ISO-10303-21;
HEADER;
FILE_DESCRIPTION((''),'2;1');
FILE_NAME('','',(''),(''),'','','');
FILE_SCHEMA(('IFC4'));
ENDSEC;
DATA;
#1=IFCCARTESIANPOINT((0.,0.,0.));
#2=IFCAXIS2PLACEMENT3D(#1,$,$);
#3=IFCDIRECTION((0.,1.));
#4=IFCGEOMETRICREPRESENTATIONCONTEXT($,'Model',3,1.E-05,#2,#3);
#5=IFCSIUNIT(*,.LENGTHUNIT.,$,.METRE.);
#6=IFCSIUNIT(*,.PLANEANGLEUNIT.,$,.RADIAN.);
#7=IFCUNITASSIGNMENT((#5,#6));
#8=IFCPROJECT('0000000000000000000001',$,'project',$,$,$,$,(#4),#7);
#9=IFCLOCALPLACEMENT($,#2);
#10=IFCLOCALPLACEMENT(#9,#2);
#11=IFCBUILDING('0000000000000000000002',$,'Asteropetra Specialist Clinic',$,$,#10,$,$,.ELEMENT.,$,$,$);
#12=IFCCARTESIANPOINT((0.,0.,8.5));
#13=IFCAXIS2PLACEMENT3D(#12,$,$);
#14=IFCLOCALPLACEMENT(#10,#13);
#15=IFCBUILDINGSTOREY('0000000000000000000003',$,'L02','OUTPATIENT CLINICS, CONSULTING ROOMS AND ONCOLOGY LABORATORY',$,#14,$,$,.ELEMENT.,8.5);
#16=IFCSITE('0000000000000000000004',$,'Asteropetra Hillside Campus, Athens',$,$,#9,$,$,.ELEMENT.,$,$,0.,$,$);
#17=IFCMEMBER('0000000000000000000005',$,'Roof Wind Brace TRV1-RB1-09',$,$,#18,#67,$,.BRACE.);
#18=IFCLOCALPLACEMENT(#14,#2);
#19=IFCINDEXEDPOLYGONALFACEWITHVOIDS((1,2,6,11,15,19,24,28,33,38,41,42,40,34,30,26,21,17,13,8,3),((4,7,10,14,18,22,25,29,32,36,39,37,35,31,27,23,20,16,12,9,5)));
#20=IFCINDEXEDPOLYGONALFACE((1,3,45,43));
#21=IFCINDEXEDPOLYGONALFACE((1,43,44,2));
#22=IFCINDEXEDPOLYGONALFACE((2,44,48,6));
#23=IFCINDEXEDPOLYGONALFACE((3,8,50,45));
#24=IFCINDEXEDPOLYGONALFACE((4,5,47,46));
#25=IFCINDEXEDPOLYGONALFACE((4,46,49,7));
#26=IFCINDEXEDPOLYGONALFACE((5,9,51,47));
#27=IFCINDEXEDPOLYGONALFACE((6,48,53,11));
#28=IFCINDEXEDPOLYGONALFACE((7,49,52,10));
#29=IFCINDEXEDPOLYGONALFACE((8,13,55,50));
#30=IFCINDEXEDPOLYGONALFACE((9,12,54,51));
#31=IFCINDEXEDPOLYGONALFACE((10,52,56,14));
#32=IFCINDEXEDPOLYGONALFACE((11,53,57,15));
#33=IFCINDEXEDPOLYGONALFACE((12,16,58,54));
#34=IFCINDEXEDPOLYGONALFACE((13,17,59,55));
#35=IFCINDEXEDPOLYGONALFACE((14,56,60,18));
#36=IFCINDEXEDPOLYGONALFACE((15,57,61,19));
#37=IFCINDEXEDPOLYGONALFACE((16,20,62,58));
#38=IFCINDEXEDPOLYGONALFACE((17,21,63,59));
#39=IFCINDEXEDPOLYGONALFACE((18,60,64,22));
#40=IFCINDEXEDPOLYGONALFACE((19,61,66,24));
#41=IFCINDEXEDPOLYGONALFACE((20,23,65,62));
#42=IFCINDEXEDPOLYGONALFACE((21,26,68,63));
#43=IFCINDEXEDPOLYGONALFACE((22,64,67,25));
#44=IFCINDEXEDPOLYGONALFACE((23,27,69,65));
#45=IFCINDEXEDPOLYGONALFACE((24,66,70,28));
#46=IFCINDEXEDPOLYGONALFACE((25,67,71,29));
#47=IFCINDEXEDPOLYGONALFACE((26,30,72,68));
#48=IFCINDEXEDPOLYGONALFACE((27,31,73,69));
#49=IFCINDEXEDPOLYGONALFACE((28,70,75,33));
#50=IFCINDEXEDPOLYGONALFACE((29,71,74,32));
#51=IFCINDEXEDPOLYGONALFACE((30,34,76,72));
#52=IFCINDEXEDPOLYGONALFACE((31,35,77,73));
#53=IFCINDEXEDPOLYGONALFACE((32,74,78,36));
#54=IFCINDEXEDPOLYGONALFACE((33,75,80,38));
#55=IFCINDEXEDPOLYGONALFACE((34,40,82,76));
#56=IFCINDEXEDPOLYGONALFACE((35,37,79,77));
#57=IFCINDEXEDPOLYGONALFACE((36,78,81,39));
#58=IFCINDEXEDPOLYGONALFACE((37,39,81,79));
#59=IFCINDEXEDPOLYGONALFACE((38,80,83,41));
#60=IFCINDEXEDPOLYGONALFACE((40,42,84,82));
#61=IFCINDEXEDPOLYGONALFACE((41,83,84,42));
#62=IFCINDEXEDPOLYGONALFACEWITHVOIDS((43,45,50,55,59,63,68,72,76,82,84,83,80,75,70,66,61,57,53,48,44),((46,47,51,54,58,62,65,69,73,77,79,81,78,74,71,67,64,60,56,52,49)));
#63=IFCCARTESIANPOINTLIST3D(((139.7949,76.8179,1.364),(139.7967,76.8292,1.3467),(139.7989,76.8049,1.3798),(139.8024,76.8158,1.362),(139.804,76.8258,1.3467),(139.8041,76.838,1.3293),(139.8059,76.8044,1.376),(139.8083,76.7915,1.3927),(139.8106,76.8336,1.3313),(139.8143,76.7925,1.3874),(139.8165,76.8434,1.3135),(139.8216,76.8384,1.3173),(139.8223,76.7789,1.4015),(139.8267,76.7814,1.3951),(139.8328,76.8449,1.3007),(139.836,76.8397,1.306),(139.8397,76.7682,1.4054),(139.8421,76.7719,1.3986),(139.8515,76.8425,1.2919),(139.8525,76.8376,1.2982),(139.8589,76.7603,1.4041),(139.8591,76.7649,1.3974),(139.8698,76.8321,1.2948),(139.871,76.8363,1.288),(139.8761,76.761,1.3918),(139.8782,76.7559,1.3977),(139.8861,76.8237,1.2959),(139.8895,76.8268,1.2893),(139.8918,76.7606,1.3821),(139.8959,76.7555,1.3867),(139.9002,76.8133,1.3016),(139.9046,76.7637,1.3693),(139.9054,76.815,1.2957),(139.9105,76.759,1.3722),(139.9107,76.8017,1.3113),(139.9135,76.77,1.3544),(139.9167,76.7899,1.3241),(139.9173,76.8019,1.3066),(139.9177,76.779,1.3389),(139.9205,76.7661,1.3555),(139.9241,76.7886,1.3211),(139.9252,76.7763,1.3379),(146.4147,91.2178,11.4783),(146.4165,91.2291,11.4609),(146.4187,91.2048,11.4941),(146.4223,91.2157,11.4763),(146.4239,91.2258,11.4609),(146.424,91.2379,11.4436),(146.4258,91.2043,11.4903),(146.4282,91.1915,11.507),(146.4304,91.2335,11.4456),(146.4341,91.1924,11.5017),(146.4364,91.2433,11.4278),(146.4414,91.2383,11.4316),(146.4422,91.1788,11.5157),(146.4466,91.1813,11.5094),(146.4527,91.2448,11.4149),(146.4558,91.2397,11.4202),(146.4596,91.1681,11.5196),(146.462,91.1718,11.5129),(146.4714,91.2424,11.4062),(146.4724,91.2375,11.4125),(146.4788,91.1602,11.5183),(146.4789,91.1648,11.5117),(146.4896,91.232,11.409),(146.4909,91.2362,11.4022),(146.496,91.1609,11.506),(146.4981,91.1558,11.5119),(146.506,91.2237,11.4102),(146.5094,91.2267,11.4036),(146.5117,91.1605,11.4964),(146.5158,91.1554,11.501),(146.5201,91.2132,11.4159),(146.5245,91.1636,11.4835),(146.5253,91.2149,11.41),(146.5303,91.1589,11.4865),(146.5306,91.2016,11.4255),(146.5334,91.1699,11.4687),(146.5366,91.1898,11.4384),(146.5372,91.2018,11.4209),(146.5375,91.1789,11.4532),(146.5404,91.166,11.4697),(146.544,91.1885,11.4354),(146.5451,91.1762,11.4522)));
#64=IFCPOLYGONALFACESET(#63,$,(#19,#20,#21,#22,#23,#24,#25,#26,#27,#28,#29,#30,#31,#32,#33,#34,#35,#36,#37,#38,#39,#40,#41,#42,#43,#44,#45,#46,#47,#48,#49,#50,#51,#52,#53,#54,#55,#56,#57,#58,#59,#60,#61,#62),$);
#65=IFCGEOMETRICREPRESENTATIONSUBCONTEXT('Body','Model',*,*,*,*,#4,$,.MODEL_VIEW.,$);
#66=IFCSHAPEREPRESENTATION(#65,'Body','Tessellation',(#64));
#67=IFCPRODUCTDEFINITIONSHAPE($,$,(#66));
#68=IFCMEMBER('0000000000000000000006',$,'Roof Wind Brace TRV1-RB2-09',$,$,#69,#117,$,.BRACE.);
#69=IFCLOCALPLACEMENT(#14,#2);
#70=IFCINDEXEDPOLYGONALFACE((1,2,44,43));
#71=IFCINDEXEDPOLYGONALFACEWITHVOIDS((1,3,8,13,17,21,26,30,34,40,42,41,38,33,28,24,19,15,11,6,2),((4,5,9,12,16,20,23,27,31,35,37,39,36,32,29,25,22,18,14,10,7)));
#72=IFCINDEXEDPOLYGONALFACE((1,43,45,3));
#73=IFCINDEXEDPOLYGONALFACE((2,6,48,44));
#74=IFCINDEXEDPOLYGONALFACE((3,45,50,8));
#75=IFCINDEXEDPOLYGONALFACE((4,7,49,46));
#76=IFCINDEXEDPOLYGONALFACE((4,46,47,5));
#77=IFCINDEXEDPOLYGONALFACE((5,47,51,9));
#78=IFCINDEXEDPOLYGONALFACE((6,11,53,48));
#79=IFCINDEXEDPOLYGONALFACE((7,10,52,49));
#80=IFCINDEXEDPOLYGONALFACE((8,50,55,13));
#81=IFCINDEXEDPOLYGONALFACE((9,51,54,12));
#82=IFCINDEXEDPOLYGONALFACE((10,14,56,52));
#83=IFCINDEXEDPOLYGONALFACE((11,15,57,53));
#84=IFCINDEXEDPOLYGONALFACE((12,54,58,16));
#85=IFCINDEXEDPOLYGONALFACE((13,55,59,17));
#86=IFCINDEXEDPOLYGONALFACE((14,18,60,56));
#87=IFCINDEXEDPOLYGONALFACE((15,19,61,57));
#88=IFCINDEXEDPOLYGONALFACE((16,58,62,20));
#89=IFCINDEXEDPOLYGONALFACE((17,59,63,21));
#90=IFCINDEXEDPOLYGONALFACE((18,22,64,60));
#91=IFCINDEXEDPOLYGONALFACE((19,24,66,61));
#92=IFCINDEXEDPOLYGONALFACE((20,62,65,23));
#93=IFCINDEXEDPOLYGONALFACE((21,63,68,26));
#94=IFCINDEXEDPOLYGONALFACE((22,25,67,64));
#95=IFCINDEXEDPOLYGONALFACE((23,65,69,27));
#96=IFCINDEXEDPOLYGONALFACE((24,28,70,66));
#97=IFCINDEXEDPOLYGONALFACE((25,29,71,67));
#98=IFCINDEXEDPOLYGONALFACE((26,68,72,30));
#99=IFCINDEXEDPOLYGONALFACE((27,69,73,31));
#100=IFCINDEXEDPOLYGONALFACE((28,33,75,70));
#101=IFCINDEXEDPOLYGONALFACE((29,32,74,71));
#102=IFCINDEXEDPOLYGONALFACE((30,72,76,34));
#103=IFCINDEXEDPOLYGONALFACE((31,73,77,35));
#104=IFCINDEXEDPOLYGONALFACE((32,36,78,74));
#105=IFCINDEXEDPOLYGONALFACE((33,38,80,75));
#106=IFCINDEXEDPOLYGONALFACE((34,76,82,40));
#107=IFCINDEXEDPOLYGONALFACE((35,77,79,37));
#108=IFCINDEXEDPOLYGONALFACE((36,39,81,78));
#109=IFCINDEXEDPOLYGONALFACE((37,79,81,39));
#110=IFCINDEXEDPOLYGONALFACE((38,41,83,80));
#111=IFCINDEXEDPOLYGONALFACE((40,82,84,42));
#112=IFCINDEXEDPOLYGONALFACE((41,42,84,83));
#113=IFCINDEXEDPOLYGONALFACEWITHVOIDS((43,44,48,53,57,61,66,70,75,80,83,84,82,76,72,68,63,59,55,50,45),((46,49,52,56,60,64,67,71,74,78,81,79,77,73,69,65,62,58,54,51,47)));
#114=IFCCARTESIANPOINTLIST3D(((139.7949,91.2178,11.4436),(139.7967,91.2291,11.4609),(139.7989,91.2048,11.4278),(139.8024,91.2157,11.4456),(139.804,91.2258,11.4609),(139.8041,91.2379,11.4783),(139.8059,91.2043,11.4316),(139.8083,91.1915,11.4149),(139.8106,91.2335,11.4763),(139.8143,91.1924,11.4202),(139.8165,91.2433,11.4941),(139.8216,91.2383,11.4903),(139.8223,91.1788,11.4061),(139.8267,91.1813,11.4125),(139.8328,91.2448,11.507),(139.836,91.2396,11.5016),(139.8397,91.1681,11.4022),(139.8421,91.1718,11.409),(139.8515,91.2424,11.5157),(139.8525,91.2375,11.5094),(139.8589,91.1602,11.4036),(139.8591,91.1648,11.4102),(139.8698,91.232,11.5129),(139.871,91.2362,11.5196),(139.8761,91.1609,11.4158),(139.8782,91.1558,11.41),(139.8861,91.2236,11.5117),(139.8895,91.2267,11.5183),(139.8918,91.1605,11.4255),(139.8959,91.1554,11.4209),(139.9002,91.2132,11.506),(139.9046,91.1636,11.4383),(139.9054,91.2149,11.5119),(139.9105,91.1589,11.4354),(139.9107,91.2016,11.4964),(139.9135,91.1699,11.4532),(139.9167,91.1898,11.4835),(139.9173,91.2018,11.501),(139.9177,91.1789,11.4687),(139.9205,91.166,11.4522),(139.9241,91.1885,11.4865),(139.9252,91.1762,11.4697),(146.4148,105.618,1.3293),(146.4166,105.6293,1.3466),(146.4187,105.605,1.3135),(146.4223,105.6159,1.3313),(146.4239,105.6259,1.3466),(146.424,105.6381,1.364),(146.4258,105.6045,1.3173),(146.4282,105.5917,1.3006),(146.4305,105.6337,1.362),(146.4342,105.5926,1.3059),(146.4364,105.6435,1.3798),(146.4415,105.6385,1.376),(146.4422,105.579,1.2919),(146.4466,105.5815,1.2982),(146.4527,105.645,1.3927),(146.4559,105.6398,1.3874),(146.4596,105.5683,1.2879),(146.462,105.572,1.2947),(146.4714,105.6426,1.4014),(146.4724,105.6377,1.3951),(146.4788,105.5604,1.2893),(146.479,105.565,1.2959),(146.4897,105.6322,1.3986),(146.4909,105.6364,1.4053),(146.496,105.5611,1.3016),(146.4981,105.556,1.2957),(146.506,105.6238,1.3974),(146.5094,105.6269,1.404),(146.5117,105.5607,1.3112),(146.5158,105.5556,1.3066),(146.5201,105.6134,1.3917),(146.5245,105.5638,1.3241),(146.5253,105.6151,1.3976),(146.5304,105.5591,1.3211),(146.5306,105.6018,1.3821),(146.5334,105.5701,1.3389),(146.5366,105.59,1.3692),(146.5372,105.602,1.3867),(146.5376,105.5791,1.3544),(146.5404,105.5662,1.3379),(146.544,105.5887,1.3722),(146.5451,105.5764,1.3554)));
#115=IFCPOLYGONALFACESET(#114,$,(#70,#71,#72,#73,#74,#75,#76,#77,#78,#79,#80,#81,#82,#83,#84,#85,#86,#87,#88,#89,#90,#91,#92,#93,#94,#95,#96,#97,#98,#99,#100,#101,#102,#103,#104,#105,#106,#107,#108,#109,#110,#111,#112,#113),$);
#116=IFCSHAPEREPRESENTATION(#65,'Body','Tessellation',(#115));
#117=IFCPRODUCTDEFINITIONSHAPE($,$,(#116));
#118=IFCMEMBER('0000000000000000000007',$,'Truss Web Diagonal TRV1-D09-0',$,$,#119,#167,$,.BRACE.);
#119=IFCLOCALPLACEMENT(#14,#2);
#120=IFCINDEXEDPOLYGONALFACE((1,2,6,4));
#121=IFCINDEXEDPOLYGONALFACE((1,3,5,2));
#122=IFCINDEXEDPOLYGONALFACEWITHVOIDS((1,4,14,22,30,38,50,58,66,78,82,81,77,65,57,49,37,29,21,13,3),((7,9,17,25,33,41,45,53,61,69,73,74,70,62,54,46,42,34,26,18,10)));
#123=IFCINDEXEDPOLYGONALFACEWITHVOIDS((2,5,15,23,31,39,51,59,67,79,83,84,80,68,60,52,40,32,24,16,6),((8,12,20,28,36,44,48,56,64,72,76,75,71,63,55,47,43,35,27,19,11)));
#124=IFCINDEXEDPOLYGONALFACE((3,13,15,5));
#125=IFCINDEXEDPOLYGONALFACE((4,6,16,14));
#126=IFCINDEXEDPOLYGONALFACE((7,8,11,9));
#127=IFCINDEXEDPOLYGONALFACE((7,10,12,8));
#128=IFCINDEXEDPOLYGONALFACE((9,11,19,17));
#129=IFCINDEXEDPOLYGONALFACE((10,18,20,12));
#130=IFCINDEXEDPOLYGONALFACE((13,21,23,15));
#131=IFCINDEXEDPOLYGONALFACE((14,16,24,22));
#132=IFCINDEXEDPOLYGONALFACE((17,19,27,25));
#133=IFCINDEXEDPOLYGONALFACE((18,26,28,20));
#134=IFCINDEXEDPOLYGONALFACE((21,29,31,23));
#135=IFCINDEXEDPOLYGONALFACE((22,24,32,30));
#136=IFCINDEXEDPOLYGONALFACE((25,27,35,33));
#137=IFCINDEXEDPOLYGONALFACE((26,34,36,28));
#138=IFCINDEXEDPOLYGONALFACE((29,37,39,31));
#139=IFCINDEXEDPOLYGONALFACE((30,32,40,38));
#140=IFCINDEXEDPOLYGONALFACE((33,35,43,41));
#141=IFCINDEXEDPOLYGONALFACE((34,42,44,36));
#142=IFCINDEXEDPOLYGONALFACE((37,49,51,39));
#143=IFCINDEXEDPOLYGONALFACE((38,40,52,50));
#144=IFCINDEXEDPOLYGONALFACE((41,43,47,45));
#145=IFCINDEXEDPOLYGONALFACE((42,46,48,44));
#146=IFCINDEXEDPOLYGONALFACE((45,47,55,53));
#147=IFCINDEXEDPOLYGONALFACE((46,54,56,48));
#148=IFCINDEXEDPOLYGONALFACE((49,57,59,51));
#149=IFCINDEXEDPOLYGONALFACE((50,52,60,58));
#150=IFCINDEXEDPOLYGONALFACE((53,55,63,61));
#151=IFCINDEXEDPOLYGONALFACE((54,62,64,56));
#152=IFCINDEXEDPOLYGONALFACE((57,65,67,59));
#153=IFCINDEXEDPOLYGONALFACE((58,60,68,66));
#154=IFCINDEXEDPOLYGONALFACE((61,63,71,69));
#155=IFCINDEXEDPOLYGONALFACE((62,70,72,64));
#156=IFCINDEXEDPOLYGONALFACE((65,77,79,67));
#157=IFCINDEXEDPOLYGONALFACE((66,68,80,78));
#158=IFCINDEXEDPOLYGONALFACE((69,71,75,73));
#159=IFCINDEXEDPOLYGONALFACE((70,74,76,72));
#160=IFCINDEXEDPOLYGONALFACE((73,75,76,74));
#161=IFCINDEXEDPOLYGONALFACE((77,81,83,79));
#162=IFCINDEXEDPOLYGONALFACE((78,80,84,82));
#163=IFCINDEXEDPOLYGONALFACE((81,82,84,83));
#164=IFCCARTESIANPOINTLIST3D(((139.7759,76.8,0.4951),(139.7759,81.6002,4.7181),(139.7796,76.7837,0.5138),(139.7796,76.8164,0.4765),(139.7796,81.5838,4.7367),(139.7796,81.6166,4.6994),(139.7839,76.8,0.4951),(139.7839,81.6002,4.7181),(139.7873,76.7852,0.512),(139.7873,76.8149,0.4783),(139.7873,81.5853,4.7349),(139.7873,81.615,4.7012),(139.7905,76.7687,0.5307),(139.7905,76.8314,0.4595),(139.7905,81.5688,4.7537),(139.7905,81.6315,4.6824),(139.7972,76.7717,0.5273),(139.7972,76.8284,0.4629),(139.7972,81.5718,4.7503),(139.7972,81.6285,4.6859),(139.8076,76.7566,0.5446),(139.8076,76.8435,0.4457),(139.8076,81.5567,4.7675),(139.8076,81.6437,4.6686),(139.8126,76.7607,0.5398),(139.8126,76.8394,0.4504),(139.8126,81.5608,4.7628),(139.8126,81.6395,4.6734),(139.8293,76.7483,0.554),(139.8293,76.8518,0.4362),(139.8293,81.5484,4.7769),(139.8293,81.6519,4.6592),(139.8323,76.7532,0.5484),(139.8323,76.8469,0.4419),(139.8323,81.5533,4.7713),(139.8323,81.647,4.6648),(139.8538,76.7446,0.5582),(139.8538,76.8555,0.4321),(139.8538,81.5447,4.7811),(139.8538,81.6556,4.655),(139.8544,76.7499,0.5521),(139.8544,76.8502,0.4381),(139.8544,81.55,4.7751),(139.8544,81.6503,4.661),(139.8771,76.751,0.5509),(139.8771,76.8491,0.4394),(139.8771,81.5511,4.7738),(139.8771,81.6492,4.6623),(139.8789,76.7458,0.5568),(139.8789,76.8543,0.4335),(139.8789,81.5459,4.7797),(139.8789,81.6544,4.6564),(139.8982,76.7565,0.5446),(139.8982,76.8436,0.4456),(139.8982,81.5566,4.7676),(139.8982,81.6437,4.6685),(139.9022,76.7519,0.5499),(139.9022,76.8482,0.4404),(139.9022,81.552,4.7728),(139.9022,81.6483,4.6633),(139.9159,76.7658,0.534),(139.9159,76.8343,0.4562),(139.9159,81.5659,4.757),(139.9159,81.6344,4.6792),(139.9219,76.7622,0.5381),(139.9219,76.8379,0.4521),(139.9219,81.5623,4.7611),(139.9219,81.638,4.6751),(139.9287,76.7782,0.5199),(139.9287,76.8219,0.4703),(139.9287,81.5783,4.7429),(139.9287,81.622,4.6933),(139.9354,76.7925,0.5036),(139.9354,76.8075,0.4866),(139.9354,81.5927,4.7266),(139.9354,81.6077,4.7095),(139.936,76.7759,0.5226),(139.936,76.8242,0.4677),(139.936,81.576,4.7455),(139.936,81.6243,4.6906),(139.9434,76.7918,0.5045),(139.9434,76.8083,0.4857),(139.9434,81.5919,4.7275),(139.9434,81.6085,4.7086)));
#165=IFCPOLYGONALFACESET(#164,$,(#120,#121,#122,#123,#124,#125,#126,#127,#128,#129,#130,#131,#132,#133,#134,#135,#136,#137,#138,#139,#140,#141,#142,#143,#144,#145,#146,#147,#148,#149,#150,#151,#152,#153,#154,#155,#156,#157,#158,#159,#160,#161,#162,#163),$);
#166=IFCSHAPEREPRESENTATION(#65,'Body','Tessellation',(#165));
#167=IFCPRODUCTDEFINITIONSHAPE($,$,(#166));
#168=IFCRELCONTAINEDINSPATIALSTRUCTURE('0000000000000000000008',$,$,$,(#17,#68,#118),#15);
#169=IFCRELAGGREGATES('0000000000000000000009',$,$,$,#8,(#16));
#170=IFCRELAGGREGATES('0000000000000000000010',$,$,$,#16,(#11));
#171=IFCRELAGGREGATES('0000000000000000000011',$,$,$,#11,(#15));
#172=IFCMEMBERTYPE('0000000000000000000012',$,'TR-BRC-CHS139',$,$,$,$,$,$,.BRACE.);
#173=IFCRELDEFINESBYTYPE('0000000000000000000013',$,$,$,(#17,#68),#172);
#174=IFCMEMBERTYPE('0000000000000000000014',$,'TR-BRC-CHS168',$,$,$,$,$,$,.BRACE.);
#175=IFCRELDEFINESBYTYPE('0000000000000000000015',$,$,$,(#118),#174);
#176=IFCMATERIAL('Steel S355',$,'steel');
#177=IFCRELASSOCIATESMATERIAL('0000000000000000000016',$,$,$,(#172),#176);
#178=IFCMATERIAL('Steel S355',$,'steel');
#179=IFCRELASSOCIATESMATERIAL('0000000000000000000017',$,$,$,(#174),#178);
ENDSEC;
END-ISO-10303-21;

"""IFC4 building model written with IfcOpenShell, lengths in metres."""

from ifc_helpers import new_model, si_unit, direction, frame, origin, origin_2d, place, context, subcontext, project, spatial, hollow_circle, extrude, material, material_profile, profile_set, type_object, element, save


model = new_model("IFC4")

# Units and contexts
model_context = context("Model", 3, precision=1e-05, world=origin(), true_north=direction((0.0, 1.0)))
body_context = subcontext(model_context, "Body", "Model", "MODEL_VIEW")
ifc_project = project(units=[si_unit("LENGTHUNIT", "METRE"), si_unit("PLANEANGLEUNIT", "RADIAN")], contexts=[model_context])

# Site, building, storey
site_placement = place(None, origin())
site = spatial("IfcSite", under=ifc_project, at=site_placement, Name="Asteropetra Hillside Campus, Athens", CompositionType="ELEMENT", RefElevation=0.0)
building_placement = place(site_placement, origin())
building = spatial("IfcBuilding", under=site, at=building_placement, Name="Asteropetra Specialist Clinic", CompositionType="ELEMENT")
storey_placement = place(building_placement, frame((0.0, 0.0, 8.5)))
storey = spatial("IfcBuildingStorey", under=building, at=storey_placement, Name="L02", Description="OUTPATIENT CLINICS, CONSULTING ROOMS AND ONCOLOGY LABORATORY", CompositionType="ELEMENT", Elevation=8.5)

# Members
ifc_material_1 = material(Name="Steel S355", Category="steel")
ifc_material_profile_1 = material_profile(ifc_material_1, hollow_circle(Radius=0.0698, WallThickness=0.0081, at=origin_2d()), Name="CHS 139.7x8.0")
ifc_profile_set_1 = profile_set([ifc_material_profile_1], Name="Steel S355")
member_type_1 = type_object("IfcMemberType", Name="TR-BRC-CHS139", PredefinedType="BRACE", material=ifc_profile_set_1)
member_1_placement = place(storey_placement, frame((139.8601, 76.8, 1.3467), z_axis=(0.352102, 0.765911, 0.537963), x_axis=(-0.908588, 0.417693, 0.0)))
element("IfcMember", 1, at=member_1_placement, inside=storey, type_object=member_type_1, Name="Roof Wind Brace TRV1-RB1-09", PredefinedType="BRACE", context=body_context, shape_type="SweptSolid", body=[
    extrude(hollow_circle(Radius=0.0698, WallThickness=0.0081, at=origin_2d()), origin(), (0.0, 0.0, 1.0), 18.801),
])
member_2_placement = place(storey_placement, frame((139.8601, 91.2, 11.4609), z_axis=(0.352098, 0.765916, -0.537958), x_axis=(-0.908591, 0.417687, 0.0)))
element("IfcMember", 2, at=member_2_placement, inside=storey, type_object=member_type_1, Name="Roof Wind Brace TRV1-RB2-09", PredefinedType="BRACE", context=body_context, shape_type="SweptSolid", body=[
    extrude(hollow_circle(Radius=0.0698, WallThickness=0.0081, at=origin_2d()), origin(), (0.0, 0.0, 1.0), 18.8013),
])
ifc_material_2 = material(Name="Steel S355", Category="steel")
ifc_material_profile_2 = material_profile(ifc_material_2, hollow_circle(Radius=0.0842, WallThickness=0.0081, at=origin_2d()), Name="CHS 168.3x8.0")
ifc_profile_set_2 = profile_set([ifc_material_profile_2], Name="Steel S355")
member_type_2 = type_object("IfcMemberType", Name="TR-BRC-CHS168", PredefinedType="BRACE", material=ifc_profile_set_2)
member_3_placement = place(storey_placement, frame((139.8601, 76.8, 0.4951), z_axis=(0.0, 0.750802, 0.660527), x_axis=(-1.0, 0.0, 0.0)))
element("IfcMember", 3, at=member_3_placement, inside=storey, type_object=member_type_2, Name="Truss Web Diagonal TRV1-D09-0", PredefinedType="BRACE", context=body_context, shape_type="SweptSolid", body=[
    extrude(hollow_circle(Radius=0.0842, WallThickness=0.0081, at=origin_2d()), origin(), (0.0, 0.0, 1.0), 6.3933),
])

save(model, "model.ifc")
